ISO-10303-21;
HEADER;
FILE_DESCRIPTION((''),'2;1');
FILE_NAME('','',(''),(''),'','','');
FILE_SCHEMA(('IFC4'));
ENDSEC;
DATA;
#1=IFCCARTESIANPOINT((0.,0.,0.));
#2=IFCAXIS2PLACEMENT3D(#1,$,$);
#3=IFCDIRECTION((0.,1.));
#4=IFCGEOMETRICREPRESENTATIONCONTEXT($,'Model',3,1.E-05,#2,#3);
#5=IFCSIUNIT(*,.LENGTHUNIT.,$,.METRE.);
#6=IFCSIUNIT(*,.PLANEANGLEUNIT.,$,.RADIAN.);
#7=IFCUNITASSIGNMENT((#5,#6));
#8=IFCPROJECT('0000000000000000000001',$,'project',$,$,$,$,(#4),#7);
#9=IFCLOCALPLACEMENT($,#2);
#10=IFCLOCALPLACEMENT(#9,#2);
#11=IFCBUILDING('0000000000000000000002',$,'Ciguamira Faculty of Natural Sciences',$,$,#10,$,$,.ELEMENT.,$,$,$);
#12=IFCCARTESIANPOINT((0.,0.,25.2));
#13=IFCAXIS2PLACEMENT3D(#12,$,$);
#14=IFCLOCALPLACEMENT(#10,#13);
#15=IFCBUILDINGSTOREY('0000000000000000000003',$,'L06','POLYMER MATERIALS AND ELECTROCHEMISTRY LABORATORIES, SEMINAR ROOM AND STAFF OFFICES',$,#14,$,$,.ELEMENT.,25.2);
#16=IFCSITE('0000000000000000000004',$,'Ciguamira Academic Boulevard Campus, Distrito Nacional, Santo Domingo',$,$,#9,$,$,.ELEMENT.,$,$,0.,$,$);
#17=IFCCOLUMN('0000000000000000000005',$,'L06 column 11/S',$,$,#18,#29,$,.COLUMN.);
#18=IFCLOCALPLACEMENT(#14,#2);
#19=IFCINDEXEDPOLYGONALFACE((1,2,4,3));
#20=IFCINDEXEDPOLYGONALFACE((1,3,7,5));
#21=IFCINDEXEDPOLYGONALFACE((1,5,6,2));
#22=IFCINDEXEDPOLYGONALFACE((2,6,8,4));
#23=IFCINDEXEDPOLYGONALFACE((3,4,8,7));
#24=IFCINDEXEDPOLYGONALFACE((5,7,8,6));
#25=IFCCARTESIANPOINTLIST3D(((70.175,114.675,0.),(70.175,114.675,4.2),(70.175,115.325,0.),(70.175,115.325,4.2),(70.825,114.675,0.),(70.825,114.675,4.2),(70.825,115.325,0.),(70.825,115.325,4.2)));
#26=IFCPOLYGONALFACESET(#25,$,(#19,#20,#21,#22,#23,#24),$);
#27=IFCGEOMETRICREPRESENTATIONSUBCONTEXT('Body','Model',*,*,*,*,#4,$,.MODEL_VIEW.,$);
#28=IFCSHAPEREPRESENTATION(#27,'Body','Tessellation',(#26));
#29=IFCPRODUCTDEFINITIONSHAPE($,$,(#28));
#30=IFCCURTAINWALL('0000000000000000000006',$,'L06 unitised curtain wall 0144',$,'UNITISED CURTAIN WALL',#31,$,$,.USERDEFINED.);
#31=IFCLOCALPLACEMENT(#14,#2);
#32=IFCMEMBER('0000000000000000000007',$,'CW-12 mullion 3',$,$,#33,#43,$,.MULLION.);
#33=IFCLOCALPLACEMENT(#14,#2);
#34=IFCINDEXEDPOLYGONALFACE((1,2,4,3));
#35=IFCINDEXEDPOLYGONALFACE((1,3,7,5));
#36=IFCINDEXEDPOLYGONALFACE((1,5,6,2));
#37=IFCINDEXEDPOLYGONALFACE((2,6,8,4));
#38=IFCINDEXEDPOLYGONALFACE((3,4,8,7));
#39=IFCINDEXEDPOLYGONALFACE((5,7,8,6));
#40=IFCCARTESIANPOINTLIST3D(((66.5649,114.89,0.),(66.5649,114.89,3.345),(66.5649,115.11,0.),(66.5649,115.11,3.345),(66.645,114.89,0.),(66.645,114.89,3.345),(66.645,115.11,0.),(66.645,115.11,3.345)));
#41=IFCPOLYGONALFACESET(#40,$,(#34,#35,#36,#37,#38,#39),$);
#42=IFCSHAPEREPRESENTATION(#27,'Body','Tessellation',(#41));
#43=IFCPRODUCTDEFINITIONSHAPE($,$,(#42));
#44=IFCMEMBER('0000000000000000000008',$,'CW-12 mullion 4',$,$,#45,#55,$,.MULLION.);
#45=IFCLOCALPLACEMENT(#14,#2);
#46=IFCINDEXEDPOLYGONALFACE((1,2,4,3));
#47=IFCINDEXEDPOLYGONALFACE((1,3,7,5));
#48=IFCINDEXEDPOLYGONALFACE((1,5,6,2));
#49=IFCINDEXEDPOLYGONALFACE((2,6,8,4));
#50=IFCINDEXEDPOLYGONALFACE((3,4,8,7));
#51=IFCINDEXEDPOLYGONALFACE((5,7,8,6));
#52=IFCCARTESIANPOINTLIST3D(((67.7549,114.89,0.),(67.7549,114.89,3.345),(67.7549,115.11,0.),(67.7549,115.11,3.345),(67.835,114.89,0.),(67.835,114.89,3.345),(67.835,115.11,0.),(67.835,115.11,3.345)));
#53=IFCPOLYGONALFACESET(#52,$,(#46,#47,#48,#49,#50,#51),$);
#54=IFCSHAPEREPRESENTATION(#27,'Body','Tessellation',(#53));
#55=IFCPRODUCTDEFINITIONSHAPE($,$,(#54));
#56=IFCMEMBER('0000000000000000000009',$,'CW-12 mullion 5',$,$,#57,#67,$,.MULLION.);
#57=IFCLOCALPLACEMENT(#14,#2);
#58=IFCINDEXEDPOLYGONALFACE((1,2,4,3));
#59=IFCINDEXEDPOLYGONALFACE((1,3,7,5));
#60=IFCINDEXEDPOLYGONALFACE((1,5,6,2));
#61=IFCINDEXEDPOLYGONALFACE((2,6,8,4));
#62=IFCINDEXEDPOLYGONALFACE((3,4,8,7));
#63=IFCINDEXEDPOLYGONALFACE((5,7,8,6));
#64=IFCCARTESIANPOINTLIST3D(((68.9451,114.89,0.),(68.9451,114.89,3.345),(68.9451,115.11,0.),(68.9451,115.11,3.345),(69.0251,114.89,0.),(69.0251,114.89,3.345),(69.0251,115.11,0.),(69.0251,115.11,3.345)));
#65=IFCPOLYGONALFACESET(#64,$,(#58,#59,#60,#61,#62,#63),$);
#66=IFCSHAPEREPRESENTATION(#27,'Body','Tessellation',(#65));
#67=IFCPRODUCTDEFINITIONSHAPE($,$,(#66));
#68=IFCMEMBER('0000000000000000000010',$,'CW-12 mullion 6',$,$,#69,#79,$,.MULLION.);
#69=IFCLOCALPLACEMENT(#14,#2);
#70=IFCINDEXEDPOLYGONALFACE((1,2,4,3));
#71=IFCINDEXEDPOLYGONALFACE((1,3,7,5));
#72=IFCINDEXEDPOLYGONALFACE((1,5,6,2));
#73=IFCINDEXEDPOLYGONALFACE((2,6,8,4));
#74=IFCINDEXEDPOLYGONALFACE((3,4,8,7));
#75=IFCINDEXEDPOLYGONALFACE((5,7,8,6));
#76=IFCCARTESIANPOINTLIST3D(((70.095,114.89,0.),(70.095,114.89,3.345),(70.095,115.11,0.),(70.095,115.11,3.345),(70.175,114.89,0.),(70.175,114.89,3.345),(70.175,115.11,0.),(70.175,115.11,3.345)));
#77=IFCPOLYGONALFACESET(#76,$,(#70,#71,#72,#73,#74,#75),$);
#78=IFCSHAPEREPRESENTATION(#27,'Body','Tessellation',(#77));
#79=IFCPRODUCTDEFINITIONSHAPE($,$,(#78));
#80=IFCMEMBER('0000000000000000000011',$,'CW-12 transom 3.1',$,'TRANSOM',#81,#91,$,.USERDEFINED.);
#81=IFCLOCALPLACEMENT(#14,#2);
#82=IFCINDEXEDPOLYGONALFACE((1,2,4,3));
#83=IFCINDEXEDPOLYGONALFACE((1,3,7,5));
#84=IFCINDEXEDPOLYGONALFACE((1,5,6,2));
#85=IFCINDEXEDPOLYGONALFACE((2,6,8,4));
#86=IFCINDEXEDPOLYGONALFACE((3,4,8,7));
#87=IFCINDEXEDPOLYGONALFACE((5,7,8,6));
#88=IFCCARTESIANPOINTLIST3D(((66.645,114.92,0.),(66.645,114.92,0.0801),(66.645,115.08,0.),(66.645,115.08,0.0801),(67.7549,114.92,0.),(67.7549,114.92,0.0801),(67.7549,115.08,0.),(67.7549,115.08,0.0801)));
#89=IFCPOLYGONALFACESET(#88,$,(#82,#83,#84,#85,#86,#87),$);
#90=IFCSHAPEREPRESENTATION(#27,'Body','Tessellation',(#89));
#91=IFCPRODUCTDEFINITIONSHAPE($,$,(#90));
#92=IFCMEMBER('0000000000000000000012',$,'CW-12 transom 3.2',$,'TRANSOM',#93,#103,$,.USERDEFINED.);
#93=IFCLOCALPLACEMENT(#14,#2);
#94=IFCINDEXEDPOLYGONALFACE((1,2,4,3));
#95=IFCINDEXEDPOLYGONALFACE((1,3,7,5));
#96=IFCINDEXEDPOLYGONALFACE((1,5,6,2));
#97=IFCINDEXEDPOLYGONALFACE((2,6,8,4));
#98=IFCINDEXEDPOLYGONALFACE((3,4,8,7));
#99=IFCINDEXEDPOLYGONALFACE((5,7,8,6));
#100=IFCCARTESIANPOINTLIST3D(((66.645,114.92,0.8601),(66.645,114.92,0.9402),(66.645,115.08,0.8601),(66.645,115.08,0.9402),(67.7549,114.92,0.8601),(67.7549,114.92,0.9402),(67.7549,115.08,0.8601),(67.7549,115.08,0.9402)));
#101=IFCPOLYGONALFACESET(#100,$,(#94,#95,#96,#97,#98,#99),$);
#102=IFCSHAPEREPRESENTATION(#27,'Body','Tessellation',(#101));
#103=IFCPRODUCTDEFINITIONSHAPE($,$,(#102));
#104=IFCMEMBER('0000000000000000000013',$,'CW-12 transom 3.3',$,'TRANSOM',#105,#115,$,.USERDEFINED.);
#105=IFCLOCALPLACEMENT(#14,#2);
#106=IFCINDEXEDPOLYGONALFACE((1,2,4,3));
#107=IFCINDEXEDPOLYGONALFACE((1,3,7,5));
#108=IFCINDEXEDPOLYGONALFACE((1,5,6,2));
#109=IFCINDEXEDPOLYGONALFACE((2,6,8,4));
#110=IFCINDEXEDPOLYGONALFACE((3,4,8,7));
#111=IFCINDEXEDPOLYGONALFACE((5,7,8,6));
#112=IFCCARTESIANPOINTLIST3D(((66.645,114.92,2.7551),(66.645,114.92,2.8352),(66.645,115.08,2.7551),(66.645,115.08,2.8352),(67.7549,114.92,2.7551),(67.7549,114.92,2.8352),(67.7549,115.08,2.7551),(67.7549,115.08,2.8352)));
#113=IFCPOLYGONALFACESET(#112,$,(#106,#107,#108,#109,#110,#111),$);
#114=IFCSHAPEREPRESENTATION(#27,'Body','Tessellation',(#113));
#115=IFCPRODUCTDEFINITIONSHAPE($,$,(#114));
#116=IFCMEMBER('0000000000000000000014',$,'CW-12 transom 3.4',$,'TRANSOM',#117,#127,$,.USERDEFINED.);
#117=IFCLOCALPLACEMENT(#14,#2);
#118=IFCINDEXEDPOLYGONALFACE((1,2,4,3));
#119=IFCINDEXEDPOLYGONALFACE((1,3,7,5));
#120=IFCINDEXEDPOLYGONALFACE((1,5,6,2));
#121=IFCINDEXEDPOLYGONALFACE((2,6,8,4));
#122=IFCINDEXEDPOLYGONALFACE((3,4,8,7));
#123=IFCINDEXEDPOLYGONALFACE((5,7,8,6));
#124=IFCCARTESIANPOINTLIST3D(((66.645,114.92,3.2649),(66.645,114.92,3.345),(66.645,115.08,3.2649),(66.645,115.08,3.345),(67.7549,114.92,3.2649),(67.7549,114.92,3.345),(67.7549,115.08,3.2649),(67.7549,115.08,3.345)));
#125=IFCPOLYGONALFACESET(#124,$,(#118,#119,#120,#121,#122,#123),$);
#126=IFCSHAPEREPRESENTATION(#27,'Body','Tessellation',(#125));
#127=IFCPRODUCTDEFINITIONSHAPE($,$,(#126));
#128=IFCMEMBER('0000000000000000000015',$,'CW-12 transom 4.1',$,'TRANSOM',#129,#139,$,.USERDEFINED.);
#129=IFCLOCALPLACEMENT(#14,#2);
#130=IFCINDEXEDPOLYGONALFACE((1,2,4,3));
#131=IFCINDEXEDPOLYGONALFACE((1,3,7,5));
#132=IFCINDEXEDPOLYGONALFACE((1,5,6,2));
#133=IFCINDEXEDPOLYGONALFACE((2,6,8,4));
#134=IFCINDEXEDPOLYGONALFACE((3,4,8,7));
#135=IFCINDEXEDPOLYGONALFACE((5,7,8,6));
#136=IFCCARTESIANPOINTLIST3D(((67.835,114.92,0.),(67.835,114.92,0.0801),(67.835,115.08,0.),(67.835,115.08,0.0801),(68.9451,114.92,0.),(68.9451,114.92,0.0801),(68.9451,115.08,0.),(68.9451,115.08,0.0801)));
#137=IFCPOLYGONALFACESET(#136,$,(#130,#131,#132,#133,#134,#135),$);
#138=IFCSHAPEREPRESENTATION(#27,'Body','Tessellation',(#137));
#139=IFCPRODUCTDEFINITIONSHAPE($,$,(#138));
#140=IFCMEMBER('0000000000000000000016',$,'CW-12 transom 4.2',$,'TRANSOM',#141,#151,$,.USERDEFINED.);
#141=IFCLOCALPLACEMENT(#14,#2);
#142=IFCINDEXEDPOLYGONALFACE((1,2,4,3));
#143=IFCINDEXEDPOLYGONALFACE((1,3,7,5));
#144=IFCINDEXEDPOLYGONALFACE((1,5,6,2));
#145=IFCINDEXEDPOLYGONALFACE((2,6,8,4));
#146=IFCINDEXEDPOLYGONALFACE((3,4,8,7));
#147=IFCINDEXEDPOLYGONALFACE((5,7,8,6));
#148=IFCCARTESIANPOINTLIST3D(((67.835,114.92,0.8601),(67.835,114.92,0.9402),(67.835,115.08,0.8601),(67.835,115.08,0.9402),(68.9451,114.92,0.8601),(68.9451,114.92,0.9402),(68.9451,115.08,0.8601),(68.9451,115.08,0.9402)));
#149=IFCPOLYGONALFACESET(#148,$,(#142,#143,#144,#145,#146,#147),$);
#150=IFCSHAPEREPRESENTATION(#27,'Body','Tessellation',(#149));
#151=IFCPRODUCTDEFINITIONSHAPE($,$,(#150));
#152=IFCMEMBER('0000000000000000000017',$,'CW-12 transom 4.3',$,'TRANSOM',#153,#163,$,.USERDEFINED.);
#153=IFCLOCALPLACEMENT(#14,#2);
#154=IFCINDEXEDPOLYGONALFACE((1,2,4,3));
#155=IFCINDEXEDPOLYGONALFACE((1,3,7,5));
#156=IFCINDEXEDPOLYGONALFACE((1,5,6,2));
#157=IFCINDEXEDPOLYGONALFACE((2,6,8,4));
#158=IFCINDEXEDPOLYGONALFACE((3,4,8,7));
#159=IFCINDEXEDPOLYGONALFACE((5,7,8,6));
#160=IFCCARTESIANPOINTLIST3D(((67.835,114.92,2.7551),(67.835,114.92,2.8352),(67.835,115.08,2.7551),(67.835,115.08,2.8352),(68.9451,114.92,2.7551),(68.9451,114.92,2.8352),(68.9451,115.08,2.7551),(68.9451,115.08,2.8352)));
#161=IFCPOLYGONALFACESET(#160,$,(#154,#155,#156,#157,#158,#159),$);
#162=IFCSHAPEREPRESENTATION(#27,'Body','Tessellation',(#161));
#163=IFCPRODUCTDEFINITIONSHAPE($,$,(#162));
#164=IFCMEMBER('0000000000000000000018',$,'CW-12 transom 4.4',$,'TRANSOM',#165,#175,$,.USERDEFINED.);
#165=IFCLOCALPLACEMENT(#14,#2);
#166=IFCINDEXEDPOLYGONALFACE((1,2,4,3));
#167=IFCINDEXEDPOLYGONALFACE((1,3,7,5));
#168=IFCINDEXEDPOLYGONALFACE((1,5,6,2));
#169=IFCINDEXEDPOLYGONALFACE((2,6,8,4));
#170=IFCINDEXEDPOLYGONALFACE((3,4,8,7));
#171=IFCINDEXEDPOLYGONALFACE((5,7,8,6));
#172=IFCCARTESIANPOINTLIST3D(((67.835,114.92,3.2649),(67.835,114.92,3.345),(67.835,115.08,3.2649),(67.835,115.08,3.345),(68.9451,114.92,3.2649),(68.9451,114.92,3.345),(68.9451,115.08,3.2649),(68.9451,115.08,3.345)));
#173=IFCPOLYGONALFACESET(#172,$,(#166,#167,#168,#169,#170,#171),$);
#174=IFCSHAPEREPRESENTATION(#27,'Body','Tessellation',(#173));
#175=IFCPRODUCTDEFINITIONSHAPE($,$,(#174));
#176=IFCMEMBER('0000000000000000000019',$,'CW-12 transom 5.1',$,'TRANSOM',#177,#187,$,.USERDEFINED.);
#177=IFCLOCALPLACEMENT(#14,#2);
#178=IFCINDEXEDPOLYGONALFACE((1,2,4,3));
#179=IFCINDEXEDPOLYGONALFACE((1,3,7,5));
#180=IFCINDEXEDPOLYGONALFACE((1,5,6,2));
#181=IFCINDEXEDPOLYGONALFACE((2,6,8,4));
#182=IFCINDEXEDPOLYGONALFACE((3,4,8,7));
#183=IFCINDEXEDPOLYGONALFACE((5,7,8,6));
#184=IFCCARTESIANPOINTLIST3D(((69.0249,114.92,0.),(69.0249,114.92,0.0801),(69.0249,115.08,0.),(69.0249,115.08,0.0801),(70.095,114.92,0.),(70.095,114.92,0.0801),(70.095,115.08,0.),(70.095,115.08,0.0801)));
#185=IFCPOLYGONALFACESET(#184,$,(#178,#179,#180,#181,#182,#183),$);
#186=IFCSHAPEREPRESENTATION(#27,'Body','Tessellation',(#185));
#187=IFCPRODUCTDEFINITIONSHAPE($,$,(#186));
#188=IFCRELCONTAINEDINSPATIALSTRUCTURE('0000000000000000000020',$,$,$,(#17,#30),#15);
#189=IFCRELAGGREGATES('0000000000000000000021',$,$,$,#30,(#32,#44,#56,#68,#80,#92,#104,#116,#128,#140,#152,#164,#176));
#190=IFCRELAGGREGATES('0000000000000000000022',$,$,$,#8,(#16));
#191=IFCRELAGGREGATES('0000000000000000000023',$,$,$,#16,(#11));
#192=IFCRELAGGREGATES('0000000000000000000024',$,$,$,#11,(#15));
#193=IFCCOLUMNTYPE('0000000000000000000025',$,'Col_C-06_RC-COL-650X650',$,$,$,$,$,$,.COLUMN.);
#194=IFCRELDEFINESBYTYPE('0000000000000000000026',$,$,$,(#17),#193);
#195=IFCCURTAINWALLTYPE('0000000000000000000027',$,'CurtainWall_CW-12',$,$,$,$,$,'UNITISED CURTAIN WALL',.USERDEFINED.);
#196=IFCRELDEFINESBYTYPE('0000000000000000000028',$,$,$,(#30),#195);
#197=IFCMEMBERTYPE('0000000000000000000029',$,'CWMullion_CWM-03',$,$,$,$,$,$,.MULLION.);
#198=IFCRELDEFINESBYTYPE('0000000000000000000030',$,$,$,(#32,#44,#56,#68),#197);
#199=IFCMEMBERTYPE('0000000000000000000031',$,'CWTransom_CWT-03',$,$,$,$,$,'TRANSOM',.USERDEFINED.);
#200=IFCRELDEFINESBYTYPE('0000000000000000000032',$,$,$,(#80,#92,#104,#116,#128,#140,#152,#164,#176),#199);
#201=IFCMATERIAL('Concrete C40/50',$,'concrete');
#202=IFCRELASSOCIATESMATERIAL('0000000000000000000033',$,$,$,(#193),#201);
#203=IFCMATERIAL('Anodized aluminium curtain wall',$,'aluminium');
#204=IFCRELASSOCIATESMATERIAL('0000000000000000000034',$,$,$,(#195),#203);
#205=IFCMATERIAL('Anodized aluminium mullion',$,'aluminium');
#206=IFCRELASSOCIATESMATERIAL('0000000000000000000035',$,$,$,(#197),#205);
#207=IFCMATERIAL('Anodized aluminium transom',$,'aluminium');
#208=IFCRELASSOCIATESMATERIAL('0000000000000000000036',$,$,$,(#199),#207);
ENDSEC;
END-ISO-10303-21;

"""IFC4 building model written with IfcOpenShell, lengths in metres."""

from ifc_helpers import new_model, si_unit, direction, frame, origin, origin_2d, place, context, subcontext, project, spatial, rectangle, extrude, material, material_profile, profile_set, type_object, element, aggregate, save


model = new_model("IFC4")

# Units and contexts
model_context = context("Model", 3, precision=1e-05, world=origin(), true_north=direction((0.0, 1.0)))
body_context = subcontext(model_context, "Body", "Model", "MODEL_VIEW")
ifc_project = project(units=[si_unit("LENGTHUNIT", "METRE"), si_unit("PLANEANGLEUNIT", "RADIAN")], contexts=[model_context])

# Site, building, storey
site_placement = place(None, origin())
site = spatial("IfcSite", under=ifc_project, at=site_placement, Name="Ciguamira Academic Boulevard Campus, Distrito Nacional, Santo Domingo", CompositionType="ELEMENT", RefElevation=0.0)
building_placement = place(site_placement, origin())
building = spatial("IfcBuilding", under=site, at=building_placement, Name="Ciguamira Faculty of Natural Sciences", CompositionType="ELEMENT")
storey_placement = place(building_placement, frame((0.0, 0.0, 25.2)))
storey = spatial("IfcBuildingStorey", under=building, at=storey_placement, Name="L06", Description="POLYMER MATERIALS AND ELECTROCHEMISTRY LABORATORIES, SEMINAR ROOM AND STAFF OFFICES", CompositionType="ELEMENT", Elevation=25.2)

# Column
ifc_material_1 = material(Name="Concrete C40/50", Category="concrete")
ifc_material_profile_1 = material_profile(ifc_material_1, rectangle(XDim=0.6499, YDim=0.6499, at=origin_2d()), Name="RC-COL-650X650")
ifc_profile_set_1 = profile_set([ifc_material_profile_1], Name="Concrete C40/50")
column_type = type_object("IfcColumnType", Name="Col_C-06_RC-COL-650X650", PredefinedType="COLUMN", material=ifc_profile_set_1)
column_placement = place(storey_placement, frame((70.5, 115.0, 0.0), z_axis=(0.0, 0.0, 1.0), x_axis=(1.0, 0.0, 0.0)))
element("IfcColumn", 1, at=column_placement, inside=storey, type_object=column_type, Name="L06 column 11/S", PredefinedType="COLUMN", context=body_context, shape_type="SweptSolid", body=[
    extrude(rectangle(XDim=0.6499, YDim=0.6499, at=origin_2d()), origin(), (0.0, 0.0, 1.0), 4.2),
])

# Curtain wall, members
ifc_material_2 = material(Name="Anodized aluminium curtain wall", Category="aluminium")
curtain_wall_type = type_object("IfcCurtainWallType", Name="CurtainWall_CW-12", ElementType="UNITISED CURTAIN WALL", PredefinedType="USERDEFINED", material=ifc_material_2)
curtain_wall_placement = place(storey_placement, origin())
curtain_wall = element("IfcCurtainWall", 2, at=curtain_wall_placement, inside=storey, type_object=curtain_wall_type, Name="L06 unitised curtain wall 0144", ObjectType="UNITISED CURTAIN WALL", PredefinedType="USERDEFINED")
ifc_material_3 = material(Name="Anodized aluminium mullion", Category="aluminium")
ifc_material_profile_2 = material_profile(ifc_material_3, rectangle(XDim=0.0801, YDim=0.22, at=origin_2d()), Name="ALU-MUL-80X220")
ifc_profile_set_2 = profile_set([ifc_material_profile_2], Name="Anodized aluminium mullion")
member_type_1 = type_object("IfcMemberType", Name="CWMullion_CWM-03", PredefinedType="MULLION", material=ifc_profile_set_2)
member_1_placement = place(storey_placement, frame((66.605, 115.0, 0.0), z_axis=(0.0, 0.0, 1.0), x_axis=(1.0, 0.0, 0.0)))
member_1 = element("IfcMember", 3, at=member_1_placement, type_object=member_type_1, Name="CW-12 mullion 3", PredefinedType="MULLION", context=body_context, shape_type="SweptSolid", body=[
    extrude(rectangle(XDim=0.0801, YDim=0.22, at=origin_2d()), origin(), (0.0, 0.0, 1.0), 3.345),
])
member_2_placement = place(storey_placement, frame((67.7949, 115.0, 0.0), z_axis=(0.0, 0.0, 1.0), x_axis=(1.0, 0.0, 0.0)))
member_2 = element("IfcMember", 4, at=member_2_placement, type_object=member_type_1, Name="CW-12 mullion 4", PredefinedType="MULLION", context=body_context, shape_type="SweptSolid", body=[
    extrude(rectangle(XDim=0.0801, YDim=0.22, at=origin_2d()), origin(), (0.0, 0.0, 1.0), 3.345),
])
member_3_placement = place(storey_placement, frame((68.9851, 115.0, 0.0), z_axis=(0.0, 0.0, 1.0), x_axis=(1.0, 0.0, 0.0)))
member_3 = element("IfcMember", 5, at=member_3_placement, type_object=member_type_1, Name="CW-12 mullion 5", PredefinedType="MULLION", context=body_context, shape_type="SweptSolid", body=[
    extrude(rectangle(XDim=0.0801, YDim=0.22, at=origin_2d()), origin(), (0.0, 0.0, 1.0), 3.345),
])
member_4_placement = place(storey_placement, frame((70.135, 115.0, 0.0), z_axis=(0.0, 0.0, 1.0), x_axis=(1.0, 0.0, 0.0)))
member_4 = element("IfcMember", 6, at=member_4_placement, type_object=member_type_1, Name="CW-12 mullion 6", PredefinedType="MULLION", context=body_context, shape_type="SweptSolid", body=[
    extrude(rectangle(XDim=0.0801, YDim=0.22, at=origin_2d()), origin(), (0.0, 0.0, 1.0), 3.345),
])
ifc_material_4 = material(Name="Anodized aluminium transom", Category="aluminium")
ifc_material_profile_3 = material_profile(ifc_material_4, rectangle(XDim=0.0801, YDim=0.1599, at=origin_2d()), Name="ALU-TRN-80X160")
ifc_profile_set_3 = profile_set([ifc_material_profile_3], Name="Anodized aluminium transom")
member_type_2 = type_object("IfcMemberType", Name="CWTransom_CWT-03", ElementType="TRANSOM", PredefinedType="USERDEFINED", material=ifc_profile_set_3)
member_5_placement = place(storey_placement, frame((66.645, 115.0, 0.04), z_axis=(1.0, 0.0, 0.0), x_axis=(0.0, 0.0, 1.0)))
member_5 = element("IfcMember", 7, at=member_5_placement, type_object=member_type_2, Name="CW-12 transom 3.1", ObjectType="TRANSOM", PredefinedType="USERDEFINED", context=body_context, shape_type="SweptSolid", body=[
    extrude(rectangle(XDim=0.0801, YDim=0.1599, at=origin_2d()), origin(), (0.0, 0.0, 1.0), 1.1099),
])
member_6_placement = place(storey_placement, frame((66.645, 115.0, 0.9001), z_axis=(1.0, 0.0, 0.0), x_axis=(0.0, 0.0, 1.0)))
member_6 = element("IfcMember", 8, at=member_6_placement, type_object=member_type_2, Name="CW-12 transom 3.2", ObjectType="TRANSOM", PredefinedType="USERDEFINED", context=body_context, shape_type="SweptSolid", body=[
    extrude(rectangle(XDim=0.0801, YDim=0.1599, at=origin_2d()), origin(), (0.0, 0.0, 1.0), 1.1099),
])
member_7_placement = place(storey_placement, frame((66.645, 115.0, 2.7952), z_axis=(1.0, 0.0, 0.0), x_axis=(0.0, 0.0, 1.0)))
member_7 = element("IfcMember", 9, at=member_7_placement, type_object=member_type_2, Name="CW-12 transom 3.3", ObjectType="TRANSOM", PredefinedType="USERDEFINED", context=body_context, shape_type="SweptSolid", body=[
    extrude(rectangle(XDim=0.0801, YDim=0.1599, at=origin_2d()), origin(), (0.0, 0.0, 1.0), 1.1099),
])
member_8_placement = place(storey_placement, frame((66.645, 115.0, 3.3049), z_axis=(1.0, 0.0, 0.0), x_axis=(0.0, 0.0, 1.0)))
member_8 = element("IfcMember", 10, at=member_8_placement, type_object=member_type_2, Name="CW-12 transom 3.4", ObjectType="TRANSOM", PredefinedType="USERDEFINED", context=body_context, shape_type="SweptSolid", body=[
    extrude(rectangle(XDim=0.0801, YDim=0.1599, at=origin_2d()), origin(), (0.0, 0.0, 1.0), 1.1099),
])
member_9_placement = place(storey_placement, frame((67.835, 115.0, 0.04), z_axis=(1.0, 0.0, 0.0), x_axis=(0.0, 0.0, 1.0)))
member_9 = element("IfcMember", 11, at=member_9_placement, type_object=member_type_2, Name="CW-12 transom 4.1", ObjectType="TRANSOM", PredefinedType="USERDEFINED", context=body_context, shape_type="SweptSolid", body=[
    extrude(rectangle(XDim=0.0801, YDim=0.1599, at=origin_2d()), origin(), (0.0, 0.0, 1.0), 1.1101),
])
member_10_placement = place(storey_placement, frame((67.835, 115.0, 0.9001), z_axis=(1.0, 0.0, 0.0), x_axis=(0.0, 0.0, 1.0)))
member_10 = element("IfcMember", 12, at=member_10_placement, type_object=member_type_2, Name="CW-12 transom 4.2", ObjectType="TRANSOM", PredefinedType="USERDEFINED", context=body_context, shape_type="SweptSolid", body=[
    extrude(rectangle(XDim=0.0801, YDim=0.1599, at=origin_2d()), origin(), (0.0, 0.0, 1.0), 1.1101),
])
member_11_placement = place(storey_placement, frame((67.835, 115.0, 2.7952), z_axis=(1.0, 0.0, 0.0), x_axis=(0.0, 0.0, 1.0)))
member_11 = element("IfcMember", 13, at=member_11_placement, type_object=member_type_2, Name="CW-12 transom 4.3", ObjectType="TRANSOM", PredefinedType="USERDEFINED", context=body_context, shape_type="SweptSolid", body=[
    extrude(rectangle(XDim=0.0801, YDim=0.1599, at=origin_2d()), origin(), (0.0, 0.0, 1.0), 1.1101),
])
member_12_placement = place(storey_placement, frame((67.835, 115.0, 3.3049), z_axis=(1.0, 0.0, 0.0), x_axis=(0.0, 0.0, 1.0)))
member_12 = element("IfcMember", 14, at=member_12_placement, type_object=member_type_2, Name="CW-12 transom 4.4", ObjectType="TRANSOM", PredefinedType="USERDEFINED", context=body_context, shape_type="SweptSolid", body=[
    extrude(rectangle(XDim=0.0801, YDim=0.1599, at=origin_2d()), origin(), (0.0, 0.0, 1.0), 1.1101),
])
member_13_placement = place(storey_placement, frame((69.0249, 115.0, 0.04), z_axis=(1.0, 0.0, 0.0), x_axis=(0.0, 0.0, 1.0)))
member_13 = element("IfcMember", 15, at=member_13_placement, type_object=member_type_2, Name="CW-12 transom 5.1", ObjectType="TRANSOM", PredefinedType="USERDEFINED", context=body_context, shape_type="SweptSolid", body=[
    extrude(rectangle(XDim=0.0801, YDim=0.1599, at=origin_2d()), origin(), (0.0, 0.0, 1.0), 1.0701),
])

aggregate(curtain_wall, [member_1, member_2, member_3, member_4, member_5, member_6, member_7, member_8, member_9, member_10, member_11, member_12, member_13])

save(model, "model.ifc")
